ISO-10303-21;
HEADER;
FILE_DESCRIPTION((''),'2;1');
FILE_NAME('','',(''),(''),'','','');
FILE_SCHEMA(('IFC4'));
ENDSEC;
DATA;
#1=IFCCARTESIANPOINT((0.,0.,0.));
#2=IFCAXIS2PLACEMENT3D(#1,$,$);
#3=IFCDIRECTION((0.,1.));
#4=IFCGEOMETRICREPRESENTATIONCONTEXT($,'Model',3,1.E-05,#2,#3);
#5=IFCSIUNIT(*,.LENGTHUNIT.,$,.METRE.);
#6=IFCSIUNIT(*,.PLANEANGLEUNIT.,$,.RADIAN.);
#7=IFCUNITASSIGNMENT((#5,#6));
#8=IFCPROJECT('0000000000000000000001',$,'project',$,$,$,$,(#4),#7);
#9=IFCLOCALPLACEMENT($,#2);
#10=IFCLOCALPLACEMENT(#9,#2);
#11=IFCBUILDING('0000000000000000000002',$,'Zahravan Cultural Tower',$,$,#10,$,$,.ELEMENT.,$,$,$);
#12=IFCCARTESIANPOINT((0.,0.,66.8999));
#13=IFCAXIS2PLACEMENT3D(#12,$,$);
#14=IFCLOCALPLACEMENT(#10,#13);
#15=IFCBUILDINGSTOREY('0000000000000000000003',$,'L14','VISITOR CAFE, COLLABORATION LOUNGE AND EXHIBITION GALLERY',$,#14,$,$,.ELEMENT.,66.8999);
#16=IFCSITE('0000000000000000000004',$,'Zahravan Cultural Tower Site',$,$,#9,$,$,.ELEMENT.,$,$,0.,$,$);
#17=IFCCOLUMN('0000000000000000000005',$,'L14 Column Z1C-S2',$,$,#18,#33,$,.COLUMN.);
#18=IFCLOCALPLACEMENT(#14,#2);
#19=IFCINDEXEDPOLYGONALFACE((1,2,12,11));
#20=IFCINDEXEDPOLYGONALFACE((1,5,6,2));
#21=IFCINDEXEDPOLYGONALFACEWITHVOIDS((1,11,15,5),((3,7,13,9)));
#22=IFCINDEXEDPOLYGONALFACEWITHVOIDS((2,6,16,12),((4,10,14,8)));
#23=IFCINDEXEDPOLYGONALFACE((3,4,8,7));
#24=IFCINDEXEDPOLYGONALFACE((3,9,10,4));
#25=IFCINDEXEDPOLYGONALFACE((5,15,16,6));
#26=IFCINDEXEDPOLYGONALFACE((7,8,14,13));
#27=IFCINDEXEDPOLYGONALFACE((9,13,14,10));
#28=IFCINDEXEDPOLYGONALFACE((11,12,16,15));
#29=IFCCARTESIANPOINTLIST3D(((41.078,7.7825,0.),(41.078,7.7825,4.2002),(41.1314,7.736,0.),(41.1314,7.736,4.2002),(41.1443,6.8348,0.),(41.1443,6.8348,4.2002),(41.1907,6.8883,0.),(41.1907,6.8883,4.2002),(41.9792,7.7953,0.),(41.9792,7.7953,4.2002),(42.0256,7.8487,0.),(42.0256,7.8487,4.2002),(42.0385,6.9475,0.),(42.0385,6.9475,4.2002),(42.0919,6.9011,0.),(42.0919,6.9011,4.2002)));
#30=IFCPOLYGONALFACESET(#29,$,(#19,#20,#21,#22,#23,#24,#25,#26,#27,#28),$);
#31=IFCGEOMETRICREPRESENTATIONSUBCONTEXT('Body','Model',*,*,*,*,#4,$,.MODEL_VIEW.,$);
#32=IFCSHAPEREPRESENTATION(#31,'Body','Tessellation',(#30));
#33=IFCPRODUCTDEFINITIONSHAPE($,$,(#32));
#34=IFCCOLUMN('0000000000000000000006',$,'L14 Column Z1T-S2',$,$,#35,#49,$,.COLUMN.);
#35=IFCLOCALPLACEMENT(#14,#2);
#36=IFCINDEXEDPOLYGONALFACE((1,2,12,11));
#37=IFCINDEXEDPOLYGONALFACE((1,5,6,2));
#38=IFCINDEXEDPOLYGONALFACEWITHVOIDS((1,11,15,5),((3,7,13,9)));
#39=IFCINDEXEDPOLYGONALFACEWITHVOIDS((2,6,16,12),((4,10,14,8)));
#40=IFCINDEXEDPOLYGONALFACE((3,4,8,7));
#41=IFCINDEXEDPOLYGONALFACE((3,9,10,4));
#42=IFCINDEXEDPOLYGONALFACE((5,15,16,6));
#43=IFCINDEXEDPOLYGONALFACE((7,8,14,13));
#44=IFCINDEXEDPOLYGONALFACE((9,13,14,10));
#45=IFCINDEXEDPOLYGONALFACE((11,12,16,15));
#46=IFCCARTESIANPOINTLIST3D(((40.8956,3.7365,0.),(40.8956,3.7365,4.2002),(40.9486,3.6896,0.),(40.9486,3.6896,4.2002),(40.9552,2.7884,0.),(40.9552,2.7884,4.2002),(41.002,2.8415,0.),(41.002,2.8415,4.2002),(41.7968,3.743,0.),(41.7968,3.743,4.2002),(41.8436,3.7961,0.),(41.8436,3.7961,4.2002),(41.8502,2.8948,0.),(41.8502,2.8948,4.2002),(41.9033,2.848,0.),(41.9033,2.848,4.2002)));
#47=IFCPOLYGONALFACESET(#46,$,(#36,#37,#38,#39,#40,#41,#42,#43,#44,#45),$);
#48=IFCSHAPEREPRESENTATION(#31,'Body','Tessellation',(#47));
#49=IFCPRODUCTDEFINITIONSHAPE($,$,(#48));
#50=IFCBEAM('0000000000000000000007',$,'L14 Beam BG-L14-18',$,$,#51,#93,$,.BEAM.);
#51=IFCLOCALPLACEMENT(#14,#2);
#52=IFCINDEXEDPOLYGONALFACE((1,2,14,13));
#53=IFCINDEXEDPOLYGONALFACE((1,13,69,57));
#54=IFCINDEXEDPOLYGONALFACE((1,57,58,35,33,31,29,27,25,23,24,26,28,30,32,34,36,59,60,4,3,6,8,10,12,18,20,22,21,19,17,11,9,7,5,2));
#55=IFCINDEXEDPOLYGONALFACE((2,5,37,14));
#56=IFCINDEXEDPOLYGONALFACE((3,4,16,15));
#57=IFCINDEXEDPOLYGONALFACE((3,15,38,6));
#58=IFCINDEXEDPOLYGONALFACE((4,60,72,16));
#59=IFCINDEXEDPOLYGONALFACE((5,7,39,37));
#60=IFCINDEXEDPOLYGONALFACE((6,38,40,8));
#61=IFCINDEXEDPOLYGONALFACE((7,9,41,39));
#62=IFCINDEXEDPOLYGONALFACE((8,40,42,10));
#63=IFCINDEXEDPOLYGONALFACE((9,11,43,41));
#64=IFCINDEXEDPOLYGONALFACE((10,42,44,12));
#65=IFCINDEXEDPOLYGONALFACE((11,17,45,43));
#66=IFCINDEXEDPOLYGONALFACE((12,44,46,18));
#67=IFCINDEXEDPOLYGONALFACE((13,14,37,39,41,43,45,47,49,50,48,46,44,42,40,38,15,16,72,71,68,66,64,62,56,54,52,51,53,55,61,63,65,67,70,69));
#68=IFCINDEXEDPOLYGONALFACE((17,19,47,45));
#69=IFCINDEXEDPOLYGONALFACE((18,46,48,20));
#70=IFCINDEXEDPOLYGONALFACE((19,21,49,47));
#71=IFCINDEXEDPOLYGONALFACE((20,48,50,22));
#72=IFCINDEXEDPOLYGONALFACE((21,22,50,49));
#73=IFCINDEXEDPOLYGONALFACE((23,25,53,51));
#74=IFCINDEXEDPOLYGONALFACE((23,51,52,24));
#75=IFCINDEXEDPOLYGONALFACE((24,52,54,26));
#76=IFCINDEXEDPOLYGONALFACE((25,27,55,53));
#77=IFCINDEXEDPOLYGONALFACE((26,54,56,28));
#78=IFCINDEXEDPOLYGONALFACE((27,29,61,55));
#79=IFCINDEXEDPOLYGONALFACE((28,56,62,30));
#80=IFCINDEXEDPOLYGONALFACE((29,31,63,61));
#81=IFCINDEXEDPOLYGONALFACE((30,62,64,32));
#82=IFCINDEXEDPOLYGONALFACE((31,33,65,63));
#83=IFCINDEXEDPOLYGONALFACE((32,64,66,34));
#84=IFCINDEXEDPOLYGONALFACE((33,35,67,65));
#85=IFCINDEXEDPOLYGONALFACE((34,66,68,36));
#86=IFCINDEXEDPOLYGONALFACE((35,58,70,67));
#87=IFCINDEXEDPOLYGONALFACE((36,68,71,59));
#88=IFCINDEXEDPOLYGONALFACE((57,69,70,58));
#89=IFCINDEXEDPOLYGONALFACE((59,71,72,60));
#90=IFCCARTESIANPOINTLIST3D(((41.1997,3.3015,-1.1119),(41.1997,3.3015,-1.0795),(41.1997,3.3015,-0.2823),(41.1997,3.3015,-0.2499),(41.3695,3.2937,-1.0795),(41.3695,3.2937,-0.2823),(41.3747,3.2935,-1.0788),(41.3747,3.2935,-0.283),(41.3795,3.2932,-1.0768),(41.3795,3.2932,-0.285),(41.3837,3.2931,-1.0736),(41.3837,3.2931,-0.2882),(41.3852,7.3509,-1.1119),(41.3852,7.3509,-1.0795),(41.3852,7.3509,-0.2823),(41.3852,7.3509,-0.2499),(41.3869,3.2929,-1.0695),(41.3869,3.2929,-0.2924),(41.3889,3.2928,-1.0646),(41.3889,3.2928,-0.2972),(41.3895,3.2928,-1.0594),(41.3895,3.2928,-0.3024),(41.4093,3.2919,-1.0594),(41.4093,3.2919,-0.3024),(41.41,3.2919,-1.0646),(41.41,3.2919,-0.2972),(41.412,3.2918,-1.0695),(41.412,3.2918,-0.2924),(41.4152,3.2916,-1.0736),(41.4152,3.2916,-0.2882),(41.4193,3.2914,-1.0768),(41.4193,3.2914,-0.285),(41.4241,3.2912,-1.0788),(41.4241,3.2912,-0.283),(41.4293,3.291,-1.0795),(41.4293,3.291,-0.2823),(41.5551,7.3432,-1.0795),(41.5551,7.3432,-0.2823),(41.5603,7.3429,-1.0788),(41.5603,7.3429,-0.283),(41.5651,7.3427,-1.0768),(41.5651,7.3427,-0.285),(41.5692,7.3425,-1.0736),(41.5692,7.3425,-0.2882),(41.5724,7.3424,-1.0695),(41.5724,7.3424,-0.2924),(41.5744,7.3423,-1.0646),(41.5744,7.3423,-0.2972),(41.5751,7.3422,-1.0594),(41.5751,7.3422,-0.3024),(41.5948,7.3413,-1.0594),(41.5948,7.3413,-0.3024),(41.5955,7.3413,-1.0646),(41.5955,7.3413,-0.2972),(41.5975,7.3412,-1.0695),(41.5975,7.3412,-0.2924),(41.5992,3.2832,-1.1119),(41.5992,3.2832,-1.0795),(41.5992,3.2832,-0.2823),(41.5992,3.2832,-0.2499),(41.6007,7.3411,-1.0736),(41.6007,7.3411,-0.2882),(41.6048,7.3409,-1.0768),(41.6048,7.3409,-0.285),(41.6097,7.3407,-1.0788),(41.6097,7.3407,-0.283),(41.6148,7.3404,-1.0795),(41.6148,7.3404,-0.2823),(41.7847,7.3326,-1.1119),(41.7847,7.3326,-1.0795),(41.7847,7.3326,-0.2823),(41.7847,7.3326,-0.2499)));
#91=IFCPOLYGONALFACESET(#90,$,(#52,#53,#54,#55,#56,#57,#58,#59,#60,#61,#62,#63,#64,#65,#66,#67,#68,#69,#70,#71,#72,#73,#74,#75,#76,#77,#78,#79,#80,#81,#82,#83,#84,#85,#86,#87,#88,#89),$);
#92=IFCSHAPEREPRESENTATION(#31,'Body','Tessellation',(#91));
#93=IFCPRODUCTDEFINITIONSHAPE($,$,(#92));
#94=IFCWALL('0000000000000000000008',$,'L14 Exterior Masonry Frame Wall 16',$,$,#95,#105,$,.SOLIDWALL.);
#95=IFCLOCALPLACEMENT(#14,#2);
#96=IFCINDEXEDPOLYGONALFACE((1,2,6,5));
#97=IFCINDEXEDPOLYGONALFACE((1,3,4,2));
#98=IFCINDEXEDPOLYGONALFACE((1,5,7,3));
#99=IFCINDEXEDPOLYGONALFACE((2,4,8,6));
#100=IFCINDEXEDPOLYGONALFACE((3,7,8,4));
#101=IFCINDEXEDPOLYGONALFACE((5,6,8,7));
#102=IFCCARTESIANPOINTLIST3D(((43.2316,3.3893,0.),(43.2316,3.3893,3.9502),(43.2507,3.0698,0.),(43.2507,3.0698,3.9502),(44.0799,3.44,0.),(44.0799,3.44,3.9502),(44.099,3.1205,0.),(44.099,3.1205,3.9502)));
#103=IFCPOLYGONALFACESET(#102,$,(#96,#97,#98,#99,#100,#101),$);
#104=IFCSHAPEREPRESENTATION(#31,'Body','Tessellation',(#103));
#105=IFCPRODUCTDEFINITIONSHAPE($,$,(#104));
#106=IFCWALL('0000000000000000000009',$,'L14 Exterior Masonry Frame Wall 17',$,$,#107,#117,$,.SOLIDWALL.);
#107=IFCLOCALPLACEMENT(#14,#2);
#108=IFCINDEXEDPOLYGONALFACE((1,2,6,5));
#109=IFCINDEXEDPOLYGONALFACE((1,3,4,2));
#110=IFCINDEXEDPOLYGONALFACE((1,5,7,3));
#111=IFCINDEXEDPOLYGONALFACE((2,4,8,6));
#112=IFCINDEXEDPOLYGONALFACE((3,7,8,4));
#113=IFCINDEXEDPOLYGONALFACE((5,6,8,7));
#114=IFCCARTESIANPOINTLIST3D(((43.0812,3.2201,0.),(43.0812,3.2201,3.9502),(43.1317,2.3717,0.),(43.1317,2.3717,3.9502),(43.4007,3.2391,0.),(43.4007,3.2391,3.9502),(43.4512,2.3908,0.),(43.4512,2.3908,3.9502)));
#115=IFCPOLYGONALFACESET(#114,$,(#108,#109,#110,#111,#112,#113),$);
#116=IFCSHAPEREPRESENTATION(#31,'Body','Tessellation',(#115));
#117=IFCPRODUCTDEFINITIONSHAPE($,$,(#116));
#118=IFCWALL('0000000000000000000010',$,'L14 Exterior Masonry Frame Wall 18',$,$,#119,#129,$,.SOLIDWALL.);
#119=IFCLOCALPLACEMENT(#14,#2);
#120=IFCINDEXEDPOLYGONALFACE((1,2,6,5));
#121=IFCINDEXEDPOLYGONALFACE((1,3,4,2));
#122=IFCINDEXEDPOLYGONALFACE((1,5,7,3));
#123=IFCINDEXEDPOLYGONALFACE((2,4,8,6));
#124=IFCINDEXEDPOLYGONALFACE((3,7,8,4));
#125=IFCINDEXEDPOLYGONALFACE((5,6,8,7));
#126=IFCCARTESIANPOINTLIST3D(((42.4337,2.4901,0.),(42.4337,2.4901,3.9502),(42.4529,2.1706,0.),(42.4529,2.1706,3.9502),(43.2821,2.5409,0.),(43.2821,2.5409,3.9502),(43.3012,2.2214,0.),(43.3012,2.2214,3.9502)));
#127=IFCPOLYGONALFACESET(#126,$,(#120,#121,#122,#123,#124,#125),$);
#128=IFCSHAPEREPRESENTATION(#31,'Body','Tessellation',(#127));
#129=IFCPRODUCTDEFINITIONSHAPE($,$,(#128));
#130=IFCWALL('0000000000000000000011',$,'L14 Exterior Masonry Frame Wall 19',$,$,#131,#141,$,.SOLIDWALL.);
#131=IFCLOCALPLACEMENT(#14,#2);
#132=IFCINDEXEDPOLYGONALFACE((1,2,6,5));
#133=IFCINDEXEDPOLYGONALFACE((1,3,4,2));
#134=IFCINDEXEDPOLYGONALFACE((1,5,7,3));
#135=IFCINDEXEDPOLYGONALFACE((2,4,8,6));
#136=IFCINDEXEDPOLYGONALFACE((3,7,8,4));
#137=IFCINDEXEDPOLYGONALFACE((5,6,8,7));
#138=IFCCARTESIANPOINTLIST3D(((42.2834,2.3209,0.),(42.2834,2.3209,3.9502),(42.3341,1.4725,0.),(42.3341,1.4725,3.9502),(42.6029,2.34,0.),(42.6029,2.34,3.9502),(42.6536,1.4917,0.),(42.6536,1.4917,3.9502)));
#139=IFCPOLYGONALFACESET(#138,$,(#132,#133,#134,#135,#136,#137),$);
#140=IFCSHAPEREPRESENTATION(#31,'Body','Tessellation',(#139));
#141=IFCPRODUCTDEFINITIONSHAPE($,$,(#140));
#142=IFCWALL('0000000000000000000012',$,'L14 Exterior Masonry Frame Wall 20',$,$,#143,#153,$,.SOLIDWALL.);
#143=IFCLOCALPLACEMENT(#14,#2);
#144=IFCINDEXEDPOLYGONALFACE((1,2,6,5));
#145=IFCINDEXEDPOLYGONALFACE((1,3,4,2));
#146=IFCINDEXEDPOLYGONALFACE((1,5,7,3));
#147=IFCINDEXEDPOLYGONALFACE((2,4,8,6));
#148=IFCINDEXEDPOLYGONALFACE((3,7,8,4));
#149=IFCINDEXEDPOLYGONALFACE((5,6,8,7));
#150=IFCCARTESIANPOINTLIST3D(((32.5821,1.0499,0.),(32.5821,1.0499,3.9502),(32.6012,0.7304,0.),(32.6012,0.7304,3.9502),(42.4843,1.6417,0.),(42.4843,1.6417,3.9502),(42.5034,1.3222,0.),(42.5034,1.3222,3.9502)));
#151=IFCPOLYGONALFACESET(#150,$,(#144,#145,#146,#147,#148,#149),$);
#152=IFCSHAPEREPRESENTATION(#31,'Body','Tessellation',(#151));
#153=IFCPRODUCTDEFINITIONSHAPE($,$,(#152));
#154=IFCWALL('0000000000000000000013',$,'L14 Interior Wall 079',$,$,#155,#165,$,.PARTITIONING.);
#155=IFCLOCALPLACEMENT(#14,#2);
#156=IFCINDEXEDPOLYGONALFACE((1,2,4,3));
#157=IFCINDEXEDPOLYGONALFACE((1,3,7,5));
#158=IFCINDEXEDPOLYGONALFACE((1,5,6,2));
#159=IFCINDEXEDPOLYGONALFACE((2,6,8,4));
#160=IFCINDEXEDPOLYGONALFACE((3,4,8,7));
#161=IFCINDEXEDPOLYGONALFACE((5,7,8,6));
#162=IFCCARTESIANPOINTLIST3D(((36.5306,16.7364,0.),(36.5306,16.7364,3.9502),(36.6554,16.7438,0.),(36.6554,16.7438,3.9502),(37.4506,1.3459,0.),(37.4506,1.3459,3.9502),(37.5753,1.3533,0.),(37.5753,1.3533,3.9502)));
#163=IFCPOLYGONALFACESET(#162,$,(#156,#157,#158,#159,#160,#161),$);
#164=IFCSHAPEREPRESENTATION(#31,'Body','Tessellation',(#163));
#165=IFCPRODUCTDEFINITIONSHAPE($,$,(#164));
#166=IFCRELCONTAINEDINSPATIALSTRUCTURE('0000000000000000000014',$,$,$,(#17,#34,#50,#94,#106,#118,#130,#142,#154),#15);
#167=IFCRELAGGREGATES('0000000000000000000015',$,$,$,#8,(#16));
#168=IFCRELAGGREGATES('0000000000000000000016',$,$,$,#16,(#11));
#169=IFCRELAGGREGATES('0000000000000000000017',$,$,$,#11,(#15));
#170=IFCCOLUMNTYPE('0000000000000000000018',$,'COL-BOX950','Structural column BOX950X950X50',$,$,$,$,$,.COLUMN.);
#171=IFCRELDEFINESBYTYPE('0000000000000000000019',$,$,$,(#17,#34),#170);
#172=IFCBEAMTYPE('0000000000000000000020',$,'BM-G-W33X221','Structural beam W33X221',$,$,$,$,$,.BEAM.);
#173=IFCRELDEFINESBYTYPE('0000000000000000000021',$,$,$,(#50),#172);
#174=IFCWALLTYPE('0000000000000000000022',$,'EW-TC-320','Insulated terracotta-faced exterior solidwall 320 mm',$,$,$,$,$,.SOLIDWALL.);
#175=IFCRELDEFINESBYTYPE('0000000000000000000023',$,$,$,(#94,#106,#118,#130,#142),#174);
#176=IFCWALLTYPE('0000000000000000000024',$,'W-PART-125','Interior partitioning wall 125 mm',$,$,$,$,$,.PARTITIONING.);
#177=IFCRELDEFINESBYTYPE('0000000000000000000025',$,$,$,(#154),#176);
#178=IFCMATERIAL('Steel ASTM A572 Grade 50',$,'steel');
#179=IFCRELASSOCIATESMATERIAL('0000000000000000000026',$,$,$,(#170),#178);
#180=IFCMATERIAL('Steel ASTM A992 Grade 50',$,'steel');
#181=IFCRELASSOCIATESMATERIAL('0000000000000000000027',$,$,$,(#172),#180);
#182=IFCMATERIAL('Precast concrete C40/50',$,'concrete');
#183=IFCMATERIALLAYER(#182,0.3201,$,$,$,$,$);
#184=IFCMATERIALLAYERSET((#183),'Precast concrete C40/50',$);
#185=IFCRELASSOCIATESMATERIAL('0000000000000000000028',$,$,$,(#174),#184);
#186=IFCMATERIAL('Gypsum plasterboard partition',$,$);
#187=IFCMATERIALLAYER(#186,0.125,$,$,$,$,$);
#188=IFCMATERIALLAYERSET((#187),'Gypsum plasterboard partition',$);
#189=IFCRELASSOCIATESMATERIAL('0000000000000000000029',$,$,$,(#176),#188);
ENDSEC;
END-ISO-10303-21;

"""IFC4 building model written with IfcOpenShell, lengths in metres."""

from ifc_helpers import new_model, si_unit, direction, frame, frame_2d, origin, origin_2d, place, context, subcontext, project, spatial, rectangle, hollow_rectangle, i_section, extrude, source, transform, mapped, material, layer, layer_set, material_profile, profile_set, type_object, element, save


model = new_model("IFC4")

# Units and contexts
model_context = context("Model", 3, precision=1e-05, world=origin(), true_north=direction((0.0, 1.0)))
body_context = subcontext(model_context, "Body", "Model", "MODEL_VIEW")
ifc_project = project(units=[si_unit("LENGTHUNIT", "METRE"), si_unit("PLANEANGLEUNIT", "RADIAN")], contexts=[model_context])

# Site, building, storey
site_placement = place(None, origin())
site = spatial("IfcSite", under=ifc_project, at=site_placement, Name="Zahravan Cultural Tower Site", CompositionType="ELEMENT", RefElevation=0.0)
building_placement = place(site_placement, origin())
building = spatial("IfcBuilding", under=site, at=building_placement, Name="Zahravan Cultural Tower", CompositionType="ELEMENT")
storey_placement = place(building_placement, frame((0.0, 0.0, 66.8999)))
storey = spatial("IfcBuildingStorey", under=building, at=storey_placement, Name="L14", Description="VISITOR CAFE, COLLABORATION LOUNGE AND EXHIBITION GALLERY", CompositionType="ELEMENT", Elevation=66.8999)

# Columns
ifc_material_1 = material(Name="Steel ASTM A572 Grade 50", Category="steel")
ifc_material_profile_1 = material_profile(ifc_material_1, hollow_rectangle(XDim=0.95, YDim=0.95, WallThickness=0.05, at=origin_2d()), Name="BOX950X950X50")
ifc_profile_set_1 = profile_set([ifc_material_profile_1], Name="Steel ASTM A572 Grade 50")
column_type = type_object("IfcColumnType", Name="COL-BOX950", Description="Structural column BOX950X950X50", PredefinedType="COLUMN", material=ifc_profile_set_1)
shared_shape_1 = source(origin(), body_context, "Body", "SweptSolid", [
    extrude(hollow_rectangle(XDim=0.95, YDim=0.95, WallThickness=0.05, at=origin_2d()), origin(), (0.0, 0.0, 1.0), 4.2002),
])
for number, where, z_axis, x_axis, name in (
    (1, (41.585, 7.3418, 0.0), (0.0, 0.0, 1.0), (-0.069756, 0.997564, 0.0), "L14 Column Z1C-S2"),
    (2, (41.3994, 3.2922, 0.0), (0.0, 0.0, 1.0), (-0.062791, 0.998027, 0.0), "L14 Column Z1T-S2"),
):
    element("IfcColumn", number, at=place(storey_placement, frame(where, z_axis=z_axis, x_axis=x_axis)), inside=storey, type_object=column_type, Name=name, PredefinedType="COLUMN", context=body_context, shape_type="MappedRepresentation", body=[
        mapped(shared_shape_1, transform((0.0, 0.0, 0.0), x_axis=(1.0, 0.0, 0.0), y_axis=(0.0, 1.0, 0.0), z_axis=(0.0, 0.0, 1.0), scale=1.0)),
    ])

# Beam
ifc_material_2 = material(Name="Steel ASTM A992 Grade 50", Category="steel")
ifc_material_profile_2 = material_profile(ifc_material_2, i_section(OverallWidth=0.3999, OverallDepth=0.8621, WebThickness=0.0198, FlangeThickness=0.0325, FilletRadius=0.02, at=origin_2d()), Name="W33X221")
ifc_profile_set_2 = profile_set([ifc_material_profile_2], Name="Steel ASTM A992 Grade 50")
beam_type = type_object("IfcBeamType", Name="BM-G-W33X221", Description="Structural beam W33X221", PredefinedType="BEAM", material=ifc_profile_set_2)
shared_shape_2 = source(origin(), body_context, "Body", "SweptSolid", [
    extrude(i_section(OverallWidth=0.3999, OverallDepth=0.8621, WebThickness=0.0198, FlangeThickness=0.0325, FilletRadius=0.02, at=origin_2d()), origin(), (0.0, 0.0, 1.0), 4.0537),
])
beam_placement = place(storey_placement, frame((41.585, 7.3418, -0.6809), z_axis=(-0.045771, -0.998952, 0.0), x_axis=(0.998952, -0.045771, 0.0)))
element("IfcBeam", 3, at=beam_placement, inside=storey, type_object=beam_type, Name="L14 Beam BG-L14-18", PredefinedType="BEAM", context=body_context, shape_type="MappedRepresentation", body=[
    mapped(shared_shape_2, transform((0.0, 0.0, 0.0), x_axis=(1.0, 0.0, 0.0), y_axis=(0.0, 1.0, 0.0), z_axis=(0.0, 0.0, 1.0), scale=1.0)),
])

# Walls
ifc_material_3 = material(Name="Precast concrete C40/50", Category="concrete")
ifc_layer_1 = layer(ifc_material_3, 0.3201)
ifc_layer_set_1 = layer_set([ifc_layer_1], Name="Precast concrete C40/50")
wall_type_1 = type_object("IfcWallType", Name="EW-TC-320", Description="Insulated terracotta-faced exterior solidwall 320 mm", PredefinedType="SOLIDWALL", material=ifc_layer_set_1)
shared_shape_3 = source(origin(), body_context, "Body", "SweptSolid", [
    extrude(rectangle(XDim=0.8499, YDim=0.3201, at=frame_2d((0.4248, 0.0))), origin(), (0.0, 0.0, 1.0), 3.9502),
])
for number, where, z_axis, x_axis, name in (
    (4, (44.0894, 3.2803, 0.0), (0.0, 0.0, 1.0), (-0.998213, -0.059749, 0.0), "L14 Exterior Masonry Frame Wall 16"),
    (5, (43.241, 3.2295, 0.0), (0.0, 0.0, 1.0), (0.059463, -0.998231, 0.0), "L14 Exterior Masonry Frame Wall 17"),
    (6, (43.2915, 2.3811, 0.0), (0.0, 0.0, 1.0), (-0.998213, -0.059749, 0.0), "L14 Exterior Masonry Frame Wall 18"),
    (7, (42.4431, 2.3303, 0.0), (0.0, 0.0, 1.0), (0.059749, -0.998213, 0.0), "L14 Exterior Masonry Frame Wall 19"),
):
    element("IfcWall", number, at=place(storey_placement, frame(where, z_axis=z_axis, x_axis=x_axis)), inside=storey, type_object=wall_type_1, Name=name, PredefinedType="SOLIDWALL", context=body_context, shape_type="MappedRepresentation", body=[
        mapped(shared_shape_3, transform((0.0, 0.0, 0.0), x_axis=(1.0, 0.0, 0.0), y_axis=(0.0, 1.0, 0.0), z_axis=(0.0, 0.0, 1.0), scale=1.0)),
    ])
shared_shape_4 = source(origin(), body_context, "Body", "SweptSolid", [
    extrude(rectangle(XDim=9.9199, YDim=0.3201, at=frame_2d((4.96, 0.0))), origin(), (0.0, 0.0, 1.0), 3.9502),
])
wall_1_placement = place(storey_placement, frame((42.4939, 1.4819, 0.0), z_axis=(0.0, 0.0, 1.0), x_axis=(-0.998219, -0.059657, 0.0)))
element("IfcWall", 8, at=wall_1_placement, inside=storey, type_object=wall_type_1, Name="L14 Exterior Masonry Frame Wall 20", PredefinedType="SOLIDWALL", context=body_context, shape_type="MappedRepresentation", body=[
    mapped(shared_shape_4, transform((0.0, 0.0, 0.0), x_axis=(1.0, 0.0, 0.0), y_axis=(0.0, 1.0, 0.0), z_axis=(0.0, 0.0, 1.0), scale=1.0)),
])
ifc_material_4 = material(Name="Gypsum plasterboard partition")
ifc_layer_2 = layer(ifc_material_4, 0.125)
ifc_layer_set_2 = layer_set([ifc_layer_2], Name="Gypsum plasterboard partition")
wall_type_2 = type_object("IfcWallType", Name="W-PART-125", Description="Interior partitioning wall 125 mm", PredefinedType="PARTITIONING", material=ifc_layer_set_2)
shared_shape_5 = source(origin(), body_context, "Body", "SweptSolid", [
    extrude(rectangle(XDim=15.418, YDim=0.125, at=frame_2d((7.709, 0.0))), origin(), (0.0, 0.0, 1.0), 3.9502),
])
wall_2_placement = place(storey_placement, frame((37.5129, 1.3496, 0.0), z_axis=(0.0, 0.0, 1.0), x_axis=(-0.059666, 0.998218, 0.0)))
element("IfcWall", 9, at=wall_2_placement, inside=storey, type_object=wall_type_2, Name="L14 Interior Wall 079", PredefinedType="PARTITIONING", context=body_context, shape_type="MappedRepresentation", body=[
    mapped(shared_shape_5, transform((0.0, 0.0, 0.0), x_axis=(1.0, 0.0, 0.0), y_axis=(0.0, 1.0, 0.0), z_axis=(0.0, 0.0, 1.0), scale=1.0)),
])

save(model, "model.ifc")
